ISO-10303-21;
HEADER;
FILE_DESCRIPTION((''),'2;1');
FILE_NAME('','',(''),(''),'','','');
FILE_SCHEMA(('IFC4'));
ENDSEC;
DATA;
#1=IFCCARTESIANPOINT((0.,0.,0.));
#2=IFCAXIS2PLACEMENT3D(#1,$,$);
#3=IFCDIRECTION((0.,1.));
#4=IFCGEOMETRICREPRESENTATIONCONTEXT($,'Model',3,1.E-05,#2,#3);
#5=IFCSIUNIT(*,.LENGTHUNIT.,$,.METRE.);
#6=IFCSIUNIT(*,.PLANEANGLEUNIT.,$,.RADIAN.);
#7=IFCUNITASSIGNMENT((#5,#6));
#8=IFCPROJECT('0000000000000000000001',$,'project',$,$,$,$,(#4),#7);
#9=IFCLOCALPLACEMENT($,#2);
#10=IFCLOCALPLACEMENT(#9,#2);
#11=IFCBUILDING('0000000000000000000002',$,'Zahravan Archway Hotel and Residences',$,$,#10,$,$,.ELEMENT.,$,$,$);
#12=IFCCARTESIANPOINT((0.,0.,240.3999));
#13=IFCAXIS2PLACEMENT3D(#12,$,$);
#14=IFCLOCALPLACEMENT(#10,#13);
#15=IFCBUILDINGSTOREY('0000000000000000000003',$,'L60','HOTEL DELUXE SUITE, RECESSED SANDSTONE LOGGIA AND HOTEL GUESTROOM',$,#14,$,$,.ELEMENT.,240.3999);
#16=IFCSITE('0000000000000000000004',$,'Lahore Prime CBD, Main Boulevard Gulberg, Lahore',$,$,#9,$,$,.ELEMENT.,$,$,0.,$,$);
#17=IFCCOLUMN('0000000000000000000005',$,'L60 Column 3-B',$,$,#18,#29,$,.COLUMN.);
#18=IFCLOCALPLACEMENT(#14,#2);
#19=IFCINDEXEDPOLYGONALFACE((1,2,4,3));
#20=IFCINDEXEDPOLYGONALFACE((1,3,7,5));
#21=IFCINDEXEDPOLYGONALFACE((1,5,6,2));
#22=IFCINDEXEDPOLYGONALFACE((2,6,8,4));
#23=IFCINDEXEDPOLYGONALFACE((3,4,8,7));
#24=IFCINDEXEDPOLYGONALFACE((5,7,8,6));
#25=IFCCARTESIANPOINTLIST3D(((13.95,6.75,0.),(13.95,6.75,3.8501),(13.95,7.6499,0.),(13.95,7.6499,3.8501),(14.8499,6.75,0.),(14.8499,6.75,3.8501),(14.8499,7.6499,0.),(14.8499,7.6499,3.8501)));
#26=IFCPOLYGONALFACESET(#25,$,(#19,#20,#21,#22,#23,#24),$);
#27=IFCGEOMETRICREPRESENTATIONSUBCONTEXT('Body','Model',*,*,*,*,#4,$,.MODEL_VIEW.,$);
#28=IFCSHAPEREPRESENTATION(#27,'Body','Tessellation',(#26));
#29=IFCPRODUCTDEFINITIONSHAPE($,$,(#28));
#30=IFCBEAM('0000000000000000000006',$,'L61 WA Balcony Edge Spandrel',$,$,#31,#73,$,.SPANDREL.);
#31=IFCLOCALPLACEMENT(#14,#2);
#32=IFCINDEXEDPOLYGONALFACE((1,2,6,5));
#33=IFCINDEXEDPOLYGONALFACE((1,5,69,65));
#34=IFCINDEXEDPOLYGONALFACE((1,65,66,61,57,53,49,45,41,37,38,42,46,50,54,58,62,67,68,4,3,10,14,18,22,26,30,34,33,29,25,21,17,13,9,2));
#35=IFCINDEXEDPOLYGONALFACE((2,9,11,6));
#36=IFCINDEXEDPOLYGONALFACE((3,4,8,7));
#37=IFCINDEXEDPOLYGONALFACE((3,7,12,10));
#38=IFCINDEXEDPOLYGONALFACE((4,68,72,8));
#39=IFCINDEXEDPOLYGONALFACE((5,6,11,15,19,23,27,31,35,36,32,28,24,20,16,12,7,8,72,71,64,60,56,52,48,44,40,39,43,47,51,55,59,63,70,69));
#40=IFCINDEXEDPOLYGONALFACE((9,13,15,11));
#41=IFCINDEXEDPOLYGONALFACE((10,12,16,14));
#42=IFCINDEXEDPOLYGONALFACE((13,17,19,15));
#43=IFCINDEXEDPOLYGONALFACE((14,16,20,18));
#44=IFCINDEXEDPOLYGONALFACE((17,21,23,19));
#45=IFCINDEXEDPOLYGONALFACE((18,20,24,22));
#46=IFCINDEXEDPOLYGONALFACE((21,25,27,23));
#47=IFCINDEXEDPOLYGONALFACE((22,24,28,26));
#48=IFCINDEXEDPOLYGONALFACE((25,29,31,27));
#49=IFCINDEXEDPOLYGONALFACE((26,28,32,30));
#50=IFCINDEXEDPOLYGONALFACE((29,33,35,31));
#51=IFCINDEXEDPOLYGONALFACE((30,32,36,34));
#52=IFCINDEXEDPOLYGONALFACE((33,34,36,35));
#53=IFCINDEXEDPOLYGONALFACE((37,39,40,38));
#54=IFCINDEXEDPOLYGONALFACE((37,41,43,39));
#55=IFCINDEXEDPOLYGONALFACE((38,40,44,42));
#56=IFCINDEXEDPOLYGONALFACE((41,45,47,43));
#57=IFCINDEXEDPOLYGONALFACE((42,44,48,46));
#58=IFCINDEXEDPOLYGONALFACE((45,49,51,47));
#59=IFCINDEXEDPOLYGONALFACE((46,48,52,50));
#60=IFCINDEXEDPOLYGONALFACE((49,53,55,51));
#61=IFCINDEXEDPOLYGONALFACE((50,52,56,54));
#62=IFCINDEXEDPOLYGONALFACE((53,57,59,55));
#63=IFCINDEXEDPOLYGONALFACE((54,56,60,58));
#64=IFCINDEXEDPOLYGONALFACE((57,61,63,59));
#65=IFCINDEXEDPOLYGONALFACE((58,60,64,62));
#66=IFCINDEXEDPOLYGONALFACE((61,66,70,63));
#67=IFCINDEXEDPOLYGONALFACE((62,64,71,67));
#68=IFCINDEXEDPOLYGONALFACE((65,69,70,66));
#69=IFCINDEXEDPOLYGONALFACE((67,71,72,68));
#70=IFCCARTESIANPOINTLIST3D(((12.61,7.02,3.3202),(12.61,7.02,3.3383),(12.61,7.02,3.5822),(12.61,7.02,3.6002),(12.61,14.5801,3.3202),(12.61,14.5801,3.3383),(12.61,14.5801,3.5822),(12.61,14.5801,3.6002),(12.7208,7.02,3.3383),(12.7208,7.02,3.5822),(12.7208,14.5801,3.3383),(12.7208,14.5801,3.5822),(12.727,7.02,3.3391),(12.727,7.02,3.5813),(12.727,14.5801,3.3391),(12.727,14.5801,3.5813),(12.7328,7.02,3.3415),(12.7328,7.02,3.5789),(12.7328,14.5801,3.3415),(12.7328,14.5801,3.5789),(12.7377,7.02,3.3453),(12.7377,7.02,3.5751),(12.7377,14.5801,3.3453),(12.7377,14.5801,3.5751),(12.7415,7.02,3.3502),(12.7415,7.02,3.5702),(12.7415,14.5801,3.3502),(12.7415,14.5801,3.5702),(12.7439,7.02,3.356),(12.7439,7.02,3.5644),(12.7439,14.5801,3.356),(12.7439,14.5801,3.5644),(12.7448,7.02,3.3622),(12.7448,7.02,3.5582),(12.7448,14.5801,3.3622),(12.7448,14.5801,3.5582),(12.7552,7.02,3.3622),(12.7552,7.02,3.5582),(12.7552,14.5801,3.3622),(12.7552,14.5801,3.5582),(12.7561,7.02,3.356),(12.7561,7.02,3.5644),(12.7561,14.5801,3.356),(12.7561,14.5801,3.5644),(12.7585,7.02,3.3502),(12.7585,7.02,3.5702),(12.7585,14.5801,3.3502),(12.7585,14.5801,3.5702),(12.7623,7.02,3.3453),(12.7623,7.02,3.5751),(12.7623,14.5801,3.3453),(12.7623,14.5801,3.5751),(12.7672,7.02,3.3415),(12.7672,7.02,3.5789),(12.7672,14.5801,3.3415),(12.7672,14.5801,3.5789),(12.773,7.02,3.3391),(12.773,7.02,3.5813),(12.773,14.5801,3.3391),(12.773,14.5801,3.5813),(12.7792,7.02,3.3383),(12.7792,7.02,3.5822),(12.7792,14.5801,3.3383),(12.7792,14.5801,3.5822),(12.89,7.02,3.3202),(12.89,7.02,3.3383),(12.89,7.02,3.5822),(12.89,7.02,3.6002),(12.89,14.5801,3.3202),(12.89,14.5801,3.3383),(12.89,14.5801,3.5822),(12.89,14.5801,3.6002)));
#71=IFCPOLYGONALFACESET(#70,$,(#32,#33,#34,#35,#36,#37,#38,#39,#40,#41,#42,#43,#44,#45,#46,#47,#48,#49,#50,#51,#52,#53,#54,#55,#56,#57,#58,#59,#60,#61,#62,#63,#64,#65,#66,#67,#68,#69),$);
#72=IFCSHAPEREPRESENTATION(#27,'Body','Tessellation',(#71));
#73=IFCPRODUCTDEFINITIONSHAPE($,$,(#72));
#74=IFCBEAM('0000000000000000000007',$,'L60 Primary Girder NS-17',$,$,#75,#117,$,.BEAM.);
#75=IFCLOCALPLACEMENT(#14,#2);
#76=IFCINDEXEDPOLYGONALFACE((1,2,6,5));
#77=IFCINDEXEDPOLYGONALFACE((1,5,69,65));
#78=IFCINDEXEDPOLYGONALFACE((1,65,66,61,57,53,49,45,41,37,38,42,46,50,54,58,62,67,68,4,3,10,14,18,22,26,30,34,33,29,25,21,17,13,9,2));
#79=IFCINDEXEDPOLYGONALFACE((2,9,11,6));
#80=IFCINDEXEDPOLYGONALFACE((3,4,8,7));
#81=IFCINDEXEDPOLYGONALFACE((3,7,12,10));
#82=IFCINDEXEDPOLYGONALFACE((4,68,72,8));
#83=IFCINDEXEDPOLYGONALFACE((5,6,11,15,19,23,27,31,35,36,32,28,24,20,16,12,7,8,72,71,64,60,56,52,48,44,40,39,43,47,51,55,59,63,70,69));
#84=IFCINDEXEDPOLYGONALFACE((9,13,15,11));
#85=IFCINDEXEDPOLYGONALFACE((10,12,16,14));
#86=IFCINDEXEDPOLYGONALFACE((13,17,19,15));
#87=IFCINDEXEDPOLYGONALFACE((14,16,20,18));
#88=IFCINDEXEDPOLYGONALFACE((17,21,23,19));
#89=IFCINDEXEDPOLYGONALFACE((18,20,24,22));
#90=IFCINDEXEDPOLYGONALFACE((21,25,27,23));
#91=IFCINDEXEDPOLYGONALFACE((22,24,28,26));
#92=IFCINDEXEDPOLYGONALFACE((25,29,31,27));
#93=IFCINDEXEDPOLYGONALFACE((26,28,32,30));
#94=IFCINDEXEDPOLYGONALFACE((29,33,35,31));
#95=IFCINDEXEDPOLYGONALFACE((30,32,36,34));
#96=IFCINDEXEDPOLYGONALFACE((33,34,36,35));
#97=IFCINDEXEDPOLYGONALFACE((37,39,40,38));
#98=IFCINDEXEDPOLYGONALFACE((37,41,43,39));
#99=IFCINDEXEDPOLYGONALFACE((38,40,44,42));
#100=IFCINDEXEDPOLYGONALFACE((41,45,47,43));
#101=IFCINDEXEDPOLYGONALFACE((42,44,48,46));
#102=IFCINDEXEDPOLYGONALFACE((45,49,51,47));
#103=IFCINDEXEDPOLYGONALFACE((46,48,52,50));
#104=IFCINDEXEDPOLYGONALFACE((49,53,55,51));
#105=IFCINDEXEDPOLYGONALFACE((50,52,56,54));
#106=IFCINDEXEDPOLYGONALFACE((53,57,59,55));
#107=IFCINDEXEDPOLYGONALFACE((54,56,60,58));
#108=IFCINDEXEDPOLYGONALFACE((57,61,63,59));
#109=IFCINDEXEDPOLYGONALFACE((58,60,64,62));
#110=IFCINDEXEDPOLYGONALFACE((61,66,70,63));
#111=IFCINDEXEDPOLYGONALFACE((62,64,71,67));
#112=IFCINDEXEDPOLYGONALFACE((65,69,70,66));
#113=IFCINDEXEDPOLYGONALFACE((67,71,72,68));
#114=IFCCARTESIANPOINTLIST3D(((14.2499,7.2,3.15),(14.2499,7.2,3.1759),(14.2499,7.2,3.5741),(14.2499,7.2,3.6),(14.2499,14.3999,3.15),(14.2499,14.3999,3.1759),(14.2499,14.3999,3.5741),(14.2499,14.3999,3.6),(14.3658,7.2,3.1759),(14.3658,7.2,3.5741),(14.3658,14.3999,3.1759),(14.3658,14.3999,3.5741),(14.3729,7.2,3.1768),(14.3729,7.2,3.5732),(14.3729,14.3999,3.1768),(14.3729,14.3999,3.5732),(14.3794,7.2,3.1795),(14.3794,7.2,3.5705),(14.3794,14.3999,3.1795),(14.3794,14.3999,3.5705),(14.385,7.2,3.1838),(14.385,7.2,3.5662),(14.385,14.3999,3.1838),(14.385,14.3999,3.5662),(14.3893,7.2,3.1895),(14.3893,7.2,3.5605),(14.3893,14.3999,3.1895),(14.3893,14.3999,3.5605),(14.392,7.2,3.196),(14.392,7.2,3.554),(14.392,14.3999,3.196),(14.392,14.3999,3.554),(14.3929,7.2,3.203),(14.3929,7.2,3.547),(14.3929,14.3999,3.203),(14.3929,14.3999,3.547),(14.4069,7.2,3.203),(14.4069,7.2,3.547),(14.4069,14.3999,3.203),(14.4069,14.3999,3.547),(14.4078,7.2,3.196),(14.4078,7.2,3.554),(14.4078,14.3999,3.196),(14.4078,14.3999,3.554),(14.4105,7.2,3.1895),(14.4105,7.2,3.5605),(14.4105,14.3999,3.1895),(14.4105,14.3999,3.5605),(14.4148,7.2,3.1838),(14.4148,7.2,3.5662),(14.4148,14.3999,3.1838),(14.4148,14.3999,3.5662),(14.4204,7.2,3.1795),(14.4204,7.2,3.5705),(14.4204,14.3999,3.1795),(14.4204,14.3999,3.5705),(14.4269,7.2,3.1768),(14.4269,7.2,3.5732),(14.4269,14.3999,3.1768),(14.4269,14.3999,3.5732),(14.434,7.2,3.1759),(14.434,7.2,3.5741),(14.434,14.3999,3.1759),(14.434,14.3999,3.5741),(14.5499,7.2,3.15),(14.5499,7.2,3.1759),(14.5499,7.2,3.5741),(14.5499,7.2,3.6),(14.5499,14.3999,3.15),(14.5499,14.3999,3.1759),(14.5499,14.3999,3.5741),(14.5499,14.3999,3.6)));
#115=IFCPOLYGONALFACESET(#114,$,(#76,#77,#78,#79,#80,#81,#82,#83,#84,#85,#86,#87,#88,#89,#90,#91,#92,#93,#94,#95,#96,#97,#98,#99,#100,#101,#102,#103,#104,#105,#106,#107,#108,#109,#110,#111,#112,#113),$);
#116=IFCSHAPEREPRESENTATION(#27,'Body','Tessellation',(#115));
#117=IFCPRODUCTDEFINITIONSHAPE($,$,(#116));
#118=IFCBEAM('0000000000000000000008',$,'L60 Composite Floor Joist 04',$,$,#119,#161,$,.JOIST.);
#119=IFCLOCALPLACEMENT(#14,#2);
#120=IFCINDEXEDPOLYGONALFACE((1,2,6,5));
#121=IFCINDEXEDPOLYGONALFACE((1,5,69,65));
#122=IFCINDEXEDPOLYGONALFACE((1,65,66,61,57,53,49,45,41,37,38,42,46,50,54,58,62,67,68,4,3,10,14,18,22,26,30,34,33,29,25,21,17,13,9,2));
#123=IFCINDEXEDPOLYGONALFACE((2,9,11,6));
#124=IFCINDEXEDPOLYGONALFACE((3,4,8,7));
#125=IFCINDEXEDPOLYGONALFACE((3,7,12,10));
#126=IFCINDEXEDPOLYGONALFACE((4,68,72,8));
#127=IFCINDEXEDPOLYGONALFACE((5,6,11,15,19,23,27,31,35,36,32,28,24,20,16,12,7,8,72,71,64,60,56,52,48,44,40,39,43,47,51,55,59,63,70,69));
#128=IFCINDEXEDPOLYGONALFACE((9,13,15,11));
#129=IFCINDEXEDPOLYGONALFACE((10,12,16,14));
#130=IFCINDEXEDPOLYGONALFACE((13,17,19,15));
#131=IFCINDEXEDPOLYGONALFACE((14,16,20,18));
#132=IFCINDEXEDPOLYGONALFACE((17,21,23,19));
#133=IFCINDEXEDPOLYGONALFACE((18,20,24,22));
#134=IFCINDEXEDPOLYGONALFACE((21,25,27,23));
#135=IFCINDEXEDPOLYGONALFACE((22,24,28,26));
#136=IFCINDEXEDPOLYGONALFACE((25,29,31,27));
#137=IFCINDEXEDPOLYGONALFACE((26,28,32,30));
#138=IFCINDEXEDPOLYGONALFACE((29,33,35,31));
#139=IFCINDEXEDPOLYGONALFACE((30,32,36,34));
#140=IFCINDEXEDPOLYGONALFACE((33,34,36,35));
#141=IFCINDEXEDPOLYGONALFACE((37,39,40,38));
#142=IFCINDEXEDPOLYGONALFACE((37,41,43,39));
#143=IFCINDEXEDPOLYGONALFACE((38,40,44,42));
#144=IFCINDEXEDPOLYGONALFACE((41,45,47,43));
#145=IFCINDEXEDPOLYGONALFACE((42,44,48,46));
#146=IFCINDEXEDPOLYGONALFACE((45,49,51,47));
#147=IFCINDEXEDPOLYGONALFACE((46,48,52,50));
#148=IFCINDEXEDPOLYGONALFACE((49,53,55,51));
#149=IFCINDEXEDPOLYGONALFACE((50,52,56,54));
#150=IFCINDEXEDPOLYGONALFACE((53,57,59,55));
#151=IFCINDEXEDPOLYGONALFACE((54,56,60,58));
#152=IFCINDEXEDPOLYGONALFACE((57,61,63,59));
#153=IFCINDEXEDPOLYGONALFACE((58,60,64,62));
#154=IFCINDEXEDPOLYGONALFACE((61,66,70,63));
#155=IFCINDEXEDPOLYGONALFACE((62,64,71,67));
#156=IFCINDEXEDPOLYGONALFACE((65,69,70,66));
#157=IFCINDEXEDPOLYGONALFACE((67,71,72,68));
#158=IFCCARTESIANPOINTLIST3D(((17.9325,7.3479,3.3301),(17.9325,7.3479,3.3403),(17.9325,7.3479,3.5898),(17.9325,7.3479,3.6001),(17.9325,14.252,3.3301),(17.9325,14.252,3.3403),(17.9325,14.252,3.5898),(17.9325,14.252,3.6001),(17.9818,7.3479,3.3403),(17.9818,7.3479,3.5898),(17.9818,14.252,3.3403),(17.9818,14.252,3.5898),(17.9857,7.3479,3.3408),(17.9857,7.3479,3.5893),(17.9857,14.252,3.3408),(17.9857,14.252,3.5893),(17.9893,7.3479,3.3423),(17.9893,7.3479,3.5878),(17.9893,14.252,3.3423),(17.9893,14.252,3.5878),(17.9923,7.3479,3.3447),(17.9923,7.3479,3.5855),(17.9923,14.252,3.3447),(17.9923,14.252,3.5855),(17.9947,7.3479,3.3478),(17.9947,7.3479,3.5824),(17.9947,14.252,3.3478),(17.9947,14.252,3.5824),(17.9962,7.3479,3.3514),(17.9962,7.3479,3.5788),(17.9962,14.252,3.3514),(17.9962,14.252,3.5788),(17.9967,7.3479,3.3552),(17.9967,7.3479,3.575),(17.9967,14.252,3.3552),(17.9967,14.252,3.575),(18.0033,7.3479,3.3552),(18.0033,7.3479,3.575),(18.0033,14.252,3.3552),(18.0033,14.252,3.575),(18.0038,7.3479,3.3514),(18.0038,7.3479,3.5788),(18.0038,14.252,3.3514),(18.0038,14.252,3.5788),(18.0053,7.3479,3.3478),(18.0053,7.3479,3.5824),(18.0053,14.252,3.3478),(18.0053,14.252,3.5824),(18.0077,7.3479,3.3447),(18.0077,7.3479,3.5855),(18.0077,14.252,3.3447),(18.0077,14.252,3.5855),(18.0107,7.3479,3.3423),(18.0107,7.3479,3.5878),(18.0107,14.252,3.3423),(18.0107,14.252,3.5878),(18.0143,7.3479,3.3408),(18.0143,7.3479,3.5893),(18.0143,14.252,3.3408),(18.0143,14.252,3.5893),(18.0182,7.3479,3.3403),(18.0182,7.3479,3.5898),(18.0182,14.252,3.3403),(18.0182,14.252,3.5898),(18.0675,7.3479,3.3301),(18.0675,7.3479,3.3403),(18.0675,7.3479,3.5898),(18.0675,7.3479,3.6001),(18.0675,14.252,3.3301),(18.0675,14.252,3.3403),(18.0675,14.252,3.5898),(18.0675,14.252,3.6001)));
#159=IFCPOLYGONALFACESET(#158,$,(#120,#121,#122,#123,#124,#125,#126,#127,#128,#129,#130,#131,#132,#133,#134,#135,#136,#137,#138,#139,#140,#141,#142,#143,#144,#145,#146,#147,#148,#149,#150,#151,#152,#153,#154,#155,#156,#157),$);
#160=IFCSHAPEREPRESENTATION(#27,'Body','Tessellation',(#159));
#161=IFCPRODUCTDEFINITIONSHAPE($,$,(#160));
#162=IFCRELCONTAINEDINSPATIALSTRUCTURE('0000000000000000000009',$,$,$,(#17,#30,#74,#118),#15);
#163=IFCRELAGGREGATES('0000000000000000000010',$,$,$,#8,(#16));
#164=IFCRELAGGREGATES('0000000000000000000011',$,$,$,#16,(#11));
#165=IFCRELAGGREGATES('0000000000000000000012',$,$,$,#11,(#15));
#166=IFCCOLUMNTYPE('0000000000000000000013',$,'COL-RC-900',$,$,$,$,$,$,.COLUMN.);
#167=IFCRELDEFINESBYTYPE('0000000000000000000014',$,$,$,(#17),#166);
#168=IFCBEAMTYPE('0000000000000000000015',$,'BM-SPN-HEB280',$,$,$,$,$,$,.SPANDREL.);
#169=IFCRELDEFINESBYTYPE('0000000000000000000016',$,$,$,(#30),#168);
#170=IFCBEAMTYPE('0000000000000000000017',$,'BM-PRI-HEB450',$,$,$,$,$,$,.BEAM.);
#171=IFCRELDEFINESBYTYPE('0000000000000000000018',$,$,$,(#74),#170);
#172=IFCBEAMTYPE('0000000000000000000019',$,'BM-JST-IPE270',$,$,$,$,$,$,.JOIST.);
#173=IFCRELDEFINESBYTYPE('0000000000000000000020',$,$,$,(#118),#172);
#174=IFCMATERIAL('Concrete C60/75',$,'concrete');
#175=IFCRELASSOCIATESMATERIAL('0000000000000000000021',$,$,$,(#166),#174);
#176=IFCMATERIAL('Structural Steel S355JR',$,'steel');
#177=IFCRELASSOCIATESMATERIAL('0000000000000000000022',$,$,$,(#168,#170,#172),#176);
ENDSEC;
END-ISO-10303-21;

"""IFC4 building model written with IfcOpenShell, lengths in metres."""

from ifc_helpers import new_model, si_unit, direction, frame, origin, origin_2d, place, context, subcontext, project, spatial, rectangle, i_section, extrude, source, transform, mapped, material, material_profile, profile_set, type_object, type_shapes, element, save


model = new_model("IFC4")

# Units and contexts
model_context = context("Model", 3, precision=1e-05, world=origin(), true_north=direction((0.0, 1.0)))
body_context = subcontext(model_context, "Body", "Model", "MODEL_VIEW")
ifc_project = project(units=[si_unit("LENGTHUNIT", "METRE"), si_unit("PLANEANGLEUNIT", "RADIAN")], contexts=[model_context])

# Site, building, storey
site_placement = place(None, origin())
site = spatial("IfcSite", under=ifc_project, at=site_placement, Name="Lahore Prime CBD, Main Boulevard Gulberg, Lahore", CompositionType="ELEMENT", RefElevation=0.0)
building_placement = place(site_placement, origin())
building = spatial("IfcBuilding", under=site, at=building_placement, Name="Zahravan Archway Hotel and Residences", CompositionType="ELEMENT")
storey_placement = place(building_placement, frame((0.0, 0.0, 240.3999)))
storey = spatial("IfcBuildingStorey", under=building, at=storey_placement, Name="L60", Description="HOTEL DELUXE SUITE, RECESSED SANDSTONE LOGGIA AND HOTEL GUESTROOM", CompositionType="ELEMENT", Elevation=240.3999)

# Column
ifc_material_1 = material(Name="Concrete C60/75", Category="concrete")
ifc_material_profile_1 = material_profile(ifc_material_1, rectangle(XDim=0.8999, YDim=0.8999, at=origin_2d()), Name="RC-COL-900x900", Category="concrete")
ifc_profile_set_1 = profile_set([ifc_material_profile_1], Name="Concrete C60/75")
column_type = type_object("IfcColumnType", Name="COL-RC-900", PredefinedType="COLUMN", material=ifc_profile_set_1)
shared_shape_1 = source(origin(), body_context, "Body", "SweptSolid", [
    extrude(rectangle(XDim=0.8999, YDim=0.8999, at=origin_2d()), origin(), (0.0, 0.0, 1.0), 3.8501),
])
type_shapes(column_type, [shared_shape_1])
column_placement = place(storey_placement, frame((14.3999, 7.2, 0.0), z_axis=(0.0, 0.0, 1.0), x_axis=(1.0, 0.0, 0.0)))
element("IfcColumn", 1, at=column_placement, inside=storey, type_object=column_type, Name="L60 Column 3-B", PredefinedType="COLUMN", context=body_context, shape_type="MappedRepresentation", body=[
    mapped(shared_shape_1, transform((0.0, 0.0, 0.0), scale=1.0)),
])

# Beams
ifc_material_2 = material(Name="Structural Steel S355JR", Category="steel")
ifc_material_profile_2 = material_profile(ifc_material_2, i_section(OverallWidth=0.28, OverallDepth=0.28, WebThickness=0.0105, FlangeThickness=0.0181, FilletRadius=0.0239, at=origin_2d()), Name="HEB 280", Category="steel")
ifc_profile_set_2 = profile_set([ifc_material_profile_2], Name="Structural Steel S355JR")
beam_type_1 = type_object("IfcBeamType", Name="BM-SPN-HEB280", PredefinedType="SPANDREL", material=ifc_profile_set_2)
shared_shape_2 = source(origin(), body_context, "Body", "SweptSolid", [
    extrude(i_section(OverallWidth=0.28, OverallDepth=0.28, WebThickness=0.0105, FlangeThickness=0.0181, FilletRadius=0.0239, at=origin_2d()), origin(), (0.0, 0.0, 1.0), 7.5601),
])
type_shapes(beam_type_1, [shared_shape_2])
beam_1_placement = place(storey_placement, frame((12.75, 7.02, 3.4602), z_axis=(0.0, 1.0, 0.0), x_axis=(-1.0, 0.0, 0.0)))
element("IfcBeam", 2, at=beam_1_placement, inside=storey, type_object=beam_type_1, Name="L61 WA Balcony Edge Spandrel", PredefinedType="SPANDREL", context=body_context, shape_type="MappedRepresentation", body=[
    mapped(shared_shape_2, transform((0.0, 0.0, 0.0), scale=1.0)),
])
ifc_material_profile_3 = material_profile(ifc_material_2, i_section(OverallWidth=0.3, OverallDepth=0.45, WebThickness=0.0139, FlangeThickness=0.0259, FilletRadius=0.0271, at=origin_2d()), Name="HEB 450", Category="steel")
ifc_profile_set_3 = profile_set([ifc_material_profile_3], Name="Structural Steel S355JR")
beam_type_2 = type_object("IfcBeamType", Name="BM-PRI-HEB450", PredefinedType="BEAM", material=ifc_profile_set_3)
shared_shape_3 = source(origin(), body_context, "Body", "SweptSolid", [
    extrude(i_section(OverallWidth=0.3, OverallDepth=0.45, WebThickness=0.0139, FlangeThickness=0.0259, FilletRadius=0.0271, at=origin_2d()), origin(), (0.0, 0.0, 1.0), 7.2),
])
beam_2_placement = place(storey_placement, frame((14.3999, 7.2, 3.375), z_axis=(0.0, 1.0, 0.0), x_axis=(-1.0, 0.0, 0.0)))
element("IfcBeam", 3, at=beam_2_placement, inside=storey, type_object=beam_type_2, Name="L60 Primary Girder NS-17", PredefinedType="BEAM", context=body_context, shape_type="MappedRepresentation", body=[
    mapped(shared_shape_3, transform((0.0, 0.0, 0.0), scale=1.0)),
])
ifc_material_profile_4 = material_profile(ifc_material_2, i_section(OverallWidth=0.135, OverallDepth=0.27, WebThickness=0.0066, FlangeThickness=0.0103, FilletRadius=0.0149, at=origin_2d()), Name="IPE 270", Category="steel")
ifc_profile_set_4 = profile_set([ifc_material_profile_4], Name="Structural Steel S355JR")
beam_type_3 = type_object("IfcBeamType", Name="BM-JST-IPE270", PredefinedType="JOIST", material=ifc_profile_set_4)
shared_shape_4 = source(origin(), body_context, "Body", "SweptSolid", [
    extrude(i_section(OverallWidth=0.135, OverallDepth=0.27, WebThickness=0.0066, FlangeThickness=0.0103, FilletRadius=0.0149, at=origin_2d()), origin(), (0.0, 0.0, 1.0), 6.9041),
])
type_shapes(beam_type_3, [shared_shape_4])
beam_3_placement = place(storey_placement, frame((18.0, 7.3479, 3.4651), z_axis=(0.0, 1.0, 0.0), x_axis=(-1.0, 0.0, 0.0)))
element("IfcBeam", 4, at=beam_3_placement, inside=storey, type_object=beam_type_3, Name="L60 Composite Floor Joist 04", PredefinedType="JOIST", context=body_context, shape_type="MappedRepresentation", body=[
    mapped(shared_shape_4, transform((0.0, 0.0, 0.0), scale=1.0)),
])

save(model, "model.ifc")
